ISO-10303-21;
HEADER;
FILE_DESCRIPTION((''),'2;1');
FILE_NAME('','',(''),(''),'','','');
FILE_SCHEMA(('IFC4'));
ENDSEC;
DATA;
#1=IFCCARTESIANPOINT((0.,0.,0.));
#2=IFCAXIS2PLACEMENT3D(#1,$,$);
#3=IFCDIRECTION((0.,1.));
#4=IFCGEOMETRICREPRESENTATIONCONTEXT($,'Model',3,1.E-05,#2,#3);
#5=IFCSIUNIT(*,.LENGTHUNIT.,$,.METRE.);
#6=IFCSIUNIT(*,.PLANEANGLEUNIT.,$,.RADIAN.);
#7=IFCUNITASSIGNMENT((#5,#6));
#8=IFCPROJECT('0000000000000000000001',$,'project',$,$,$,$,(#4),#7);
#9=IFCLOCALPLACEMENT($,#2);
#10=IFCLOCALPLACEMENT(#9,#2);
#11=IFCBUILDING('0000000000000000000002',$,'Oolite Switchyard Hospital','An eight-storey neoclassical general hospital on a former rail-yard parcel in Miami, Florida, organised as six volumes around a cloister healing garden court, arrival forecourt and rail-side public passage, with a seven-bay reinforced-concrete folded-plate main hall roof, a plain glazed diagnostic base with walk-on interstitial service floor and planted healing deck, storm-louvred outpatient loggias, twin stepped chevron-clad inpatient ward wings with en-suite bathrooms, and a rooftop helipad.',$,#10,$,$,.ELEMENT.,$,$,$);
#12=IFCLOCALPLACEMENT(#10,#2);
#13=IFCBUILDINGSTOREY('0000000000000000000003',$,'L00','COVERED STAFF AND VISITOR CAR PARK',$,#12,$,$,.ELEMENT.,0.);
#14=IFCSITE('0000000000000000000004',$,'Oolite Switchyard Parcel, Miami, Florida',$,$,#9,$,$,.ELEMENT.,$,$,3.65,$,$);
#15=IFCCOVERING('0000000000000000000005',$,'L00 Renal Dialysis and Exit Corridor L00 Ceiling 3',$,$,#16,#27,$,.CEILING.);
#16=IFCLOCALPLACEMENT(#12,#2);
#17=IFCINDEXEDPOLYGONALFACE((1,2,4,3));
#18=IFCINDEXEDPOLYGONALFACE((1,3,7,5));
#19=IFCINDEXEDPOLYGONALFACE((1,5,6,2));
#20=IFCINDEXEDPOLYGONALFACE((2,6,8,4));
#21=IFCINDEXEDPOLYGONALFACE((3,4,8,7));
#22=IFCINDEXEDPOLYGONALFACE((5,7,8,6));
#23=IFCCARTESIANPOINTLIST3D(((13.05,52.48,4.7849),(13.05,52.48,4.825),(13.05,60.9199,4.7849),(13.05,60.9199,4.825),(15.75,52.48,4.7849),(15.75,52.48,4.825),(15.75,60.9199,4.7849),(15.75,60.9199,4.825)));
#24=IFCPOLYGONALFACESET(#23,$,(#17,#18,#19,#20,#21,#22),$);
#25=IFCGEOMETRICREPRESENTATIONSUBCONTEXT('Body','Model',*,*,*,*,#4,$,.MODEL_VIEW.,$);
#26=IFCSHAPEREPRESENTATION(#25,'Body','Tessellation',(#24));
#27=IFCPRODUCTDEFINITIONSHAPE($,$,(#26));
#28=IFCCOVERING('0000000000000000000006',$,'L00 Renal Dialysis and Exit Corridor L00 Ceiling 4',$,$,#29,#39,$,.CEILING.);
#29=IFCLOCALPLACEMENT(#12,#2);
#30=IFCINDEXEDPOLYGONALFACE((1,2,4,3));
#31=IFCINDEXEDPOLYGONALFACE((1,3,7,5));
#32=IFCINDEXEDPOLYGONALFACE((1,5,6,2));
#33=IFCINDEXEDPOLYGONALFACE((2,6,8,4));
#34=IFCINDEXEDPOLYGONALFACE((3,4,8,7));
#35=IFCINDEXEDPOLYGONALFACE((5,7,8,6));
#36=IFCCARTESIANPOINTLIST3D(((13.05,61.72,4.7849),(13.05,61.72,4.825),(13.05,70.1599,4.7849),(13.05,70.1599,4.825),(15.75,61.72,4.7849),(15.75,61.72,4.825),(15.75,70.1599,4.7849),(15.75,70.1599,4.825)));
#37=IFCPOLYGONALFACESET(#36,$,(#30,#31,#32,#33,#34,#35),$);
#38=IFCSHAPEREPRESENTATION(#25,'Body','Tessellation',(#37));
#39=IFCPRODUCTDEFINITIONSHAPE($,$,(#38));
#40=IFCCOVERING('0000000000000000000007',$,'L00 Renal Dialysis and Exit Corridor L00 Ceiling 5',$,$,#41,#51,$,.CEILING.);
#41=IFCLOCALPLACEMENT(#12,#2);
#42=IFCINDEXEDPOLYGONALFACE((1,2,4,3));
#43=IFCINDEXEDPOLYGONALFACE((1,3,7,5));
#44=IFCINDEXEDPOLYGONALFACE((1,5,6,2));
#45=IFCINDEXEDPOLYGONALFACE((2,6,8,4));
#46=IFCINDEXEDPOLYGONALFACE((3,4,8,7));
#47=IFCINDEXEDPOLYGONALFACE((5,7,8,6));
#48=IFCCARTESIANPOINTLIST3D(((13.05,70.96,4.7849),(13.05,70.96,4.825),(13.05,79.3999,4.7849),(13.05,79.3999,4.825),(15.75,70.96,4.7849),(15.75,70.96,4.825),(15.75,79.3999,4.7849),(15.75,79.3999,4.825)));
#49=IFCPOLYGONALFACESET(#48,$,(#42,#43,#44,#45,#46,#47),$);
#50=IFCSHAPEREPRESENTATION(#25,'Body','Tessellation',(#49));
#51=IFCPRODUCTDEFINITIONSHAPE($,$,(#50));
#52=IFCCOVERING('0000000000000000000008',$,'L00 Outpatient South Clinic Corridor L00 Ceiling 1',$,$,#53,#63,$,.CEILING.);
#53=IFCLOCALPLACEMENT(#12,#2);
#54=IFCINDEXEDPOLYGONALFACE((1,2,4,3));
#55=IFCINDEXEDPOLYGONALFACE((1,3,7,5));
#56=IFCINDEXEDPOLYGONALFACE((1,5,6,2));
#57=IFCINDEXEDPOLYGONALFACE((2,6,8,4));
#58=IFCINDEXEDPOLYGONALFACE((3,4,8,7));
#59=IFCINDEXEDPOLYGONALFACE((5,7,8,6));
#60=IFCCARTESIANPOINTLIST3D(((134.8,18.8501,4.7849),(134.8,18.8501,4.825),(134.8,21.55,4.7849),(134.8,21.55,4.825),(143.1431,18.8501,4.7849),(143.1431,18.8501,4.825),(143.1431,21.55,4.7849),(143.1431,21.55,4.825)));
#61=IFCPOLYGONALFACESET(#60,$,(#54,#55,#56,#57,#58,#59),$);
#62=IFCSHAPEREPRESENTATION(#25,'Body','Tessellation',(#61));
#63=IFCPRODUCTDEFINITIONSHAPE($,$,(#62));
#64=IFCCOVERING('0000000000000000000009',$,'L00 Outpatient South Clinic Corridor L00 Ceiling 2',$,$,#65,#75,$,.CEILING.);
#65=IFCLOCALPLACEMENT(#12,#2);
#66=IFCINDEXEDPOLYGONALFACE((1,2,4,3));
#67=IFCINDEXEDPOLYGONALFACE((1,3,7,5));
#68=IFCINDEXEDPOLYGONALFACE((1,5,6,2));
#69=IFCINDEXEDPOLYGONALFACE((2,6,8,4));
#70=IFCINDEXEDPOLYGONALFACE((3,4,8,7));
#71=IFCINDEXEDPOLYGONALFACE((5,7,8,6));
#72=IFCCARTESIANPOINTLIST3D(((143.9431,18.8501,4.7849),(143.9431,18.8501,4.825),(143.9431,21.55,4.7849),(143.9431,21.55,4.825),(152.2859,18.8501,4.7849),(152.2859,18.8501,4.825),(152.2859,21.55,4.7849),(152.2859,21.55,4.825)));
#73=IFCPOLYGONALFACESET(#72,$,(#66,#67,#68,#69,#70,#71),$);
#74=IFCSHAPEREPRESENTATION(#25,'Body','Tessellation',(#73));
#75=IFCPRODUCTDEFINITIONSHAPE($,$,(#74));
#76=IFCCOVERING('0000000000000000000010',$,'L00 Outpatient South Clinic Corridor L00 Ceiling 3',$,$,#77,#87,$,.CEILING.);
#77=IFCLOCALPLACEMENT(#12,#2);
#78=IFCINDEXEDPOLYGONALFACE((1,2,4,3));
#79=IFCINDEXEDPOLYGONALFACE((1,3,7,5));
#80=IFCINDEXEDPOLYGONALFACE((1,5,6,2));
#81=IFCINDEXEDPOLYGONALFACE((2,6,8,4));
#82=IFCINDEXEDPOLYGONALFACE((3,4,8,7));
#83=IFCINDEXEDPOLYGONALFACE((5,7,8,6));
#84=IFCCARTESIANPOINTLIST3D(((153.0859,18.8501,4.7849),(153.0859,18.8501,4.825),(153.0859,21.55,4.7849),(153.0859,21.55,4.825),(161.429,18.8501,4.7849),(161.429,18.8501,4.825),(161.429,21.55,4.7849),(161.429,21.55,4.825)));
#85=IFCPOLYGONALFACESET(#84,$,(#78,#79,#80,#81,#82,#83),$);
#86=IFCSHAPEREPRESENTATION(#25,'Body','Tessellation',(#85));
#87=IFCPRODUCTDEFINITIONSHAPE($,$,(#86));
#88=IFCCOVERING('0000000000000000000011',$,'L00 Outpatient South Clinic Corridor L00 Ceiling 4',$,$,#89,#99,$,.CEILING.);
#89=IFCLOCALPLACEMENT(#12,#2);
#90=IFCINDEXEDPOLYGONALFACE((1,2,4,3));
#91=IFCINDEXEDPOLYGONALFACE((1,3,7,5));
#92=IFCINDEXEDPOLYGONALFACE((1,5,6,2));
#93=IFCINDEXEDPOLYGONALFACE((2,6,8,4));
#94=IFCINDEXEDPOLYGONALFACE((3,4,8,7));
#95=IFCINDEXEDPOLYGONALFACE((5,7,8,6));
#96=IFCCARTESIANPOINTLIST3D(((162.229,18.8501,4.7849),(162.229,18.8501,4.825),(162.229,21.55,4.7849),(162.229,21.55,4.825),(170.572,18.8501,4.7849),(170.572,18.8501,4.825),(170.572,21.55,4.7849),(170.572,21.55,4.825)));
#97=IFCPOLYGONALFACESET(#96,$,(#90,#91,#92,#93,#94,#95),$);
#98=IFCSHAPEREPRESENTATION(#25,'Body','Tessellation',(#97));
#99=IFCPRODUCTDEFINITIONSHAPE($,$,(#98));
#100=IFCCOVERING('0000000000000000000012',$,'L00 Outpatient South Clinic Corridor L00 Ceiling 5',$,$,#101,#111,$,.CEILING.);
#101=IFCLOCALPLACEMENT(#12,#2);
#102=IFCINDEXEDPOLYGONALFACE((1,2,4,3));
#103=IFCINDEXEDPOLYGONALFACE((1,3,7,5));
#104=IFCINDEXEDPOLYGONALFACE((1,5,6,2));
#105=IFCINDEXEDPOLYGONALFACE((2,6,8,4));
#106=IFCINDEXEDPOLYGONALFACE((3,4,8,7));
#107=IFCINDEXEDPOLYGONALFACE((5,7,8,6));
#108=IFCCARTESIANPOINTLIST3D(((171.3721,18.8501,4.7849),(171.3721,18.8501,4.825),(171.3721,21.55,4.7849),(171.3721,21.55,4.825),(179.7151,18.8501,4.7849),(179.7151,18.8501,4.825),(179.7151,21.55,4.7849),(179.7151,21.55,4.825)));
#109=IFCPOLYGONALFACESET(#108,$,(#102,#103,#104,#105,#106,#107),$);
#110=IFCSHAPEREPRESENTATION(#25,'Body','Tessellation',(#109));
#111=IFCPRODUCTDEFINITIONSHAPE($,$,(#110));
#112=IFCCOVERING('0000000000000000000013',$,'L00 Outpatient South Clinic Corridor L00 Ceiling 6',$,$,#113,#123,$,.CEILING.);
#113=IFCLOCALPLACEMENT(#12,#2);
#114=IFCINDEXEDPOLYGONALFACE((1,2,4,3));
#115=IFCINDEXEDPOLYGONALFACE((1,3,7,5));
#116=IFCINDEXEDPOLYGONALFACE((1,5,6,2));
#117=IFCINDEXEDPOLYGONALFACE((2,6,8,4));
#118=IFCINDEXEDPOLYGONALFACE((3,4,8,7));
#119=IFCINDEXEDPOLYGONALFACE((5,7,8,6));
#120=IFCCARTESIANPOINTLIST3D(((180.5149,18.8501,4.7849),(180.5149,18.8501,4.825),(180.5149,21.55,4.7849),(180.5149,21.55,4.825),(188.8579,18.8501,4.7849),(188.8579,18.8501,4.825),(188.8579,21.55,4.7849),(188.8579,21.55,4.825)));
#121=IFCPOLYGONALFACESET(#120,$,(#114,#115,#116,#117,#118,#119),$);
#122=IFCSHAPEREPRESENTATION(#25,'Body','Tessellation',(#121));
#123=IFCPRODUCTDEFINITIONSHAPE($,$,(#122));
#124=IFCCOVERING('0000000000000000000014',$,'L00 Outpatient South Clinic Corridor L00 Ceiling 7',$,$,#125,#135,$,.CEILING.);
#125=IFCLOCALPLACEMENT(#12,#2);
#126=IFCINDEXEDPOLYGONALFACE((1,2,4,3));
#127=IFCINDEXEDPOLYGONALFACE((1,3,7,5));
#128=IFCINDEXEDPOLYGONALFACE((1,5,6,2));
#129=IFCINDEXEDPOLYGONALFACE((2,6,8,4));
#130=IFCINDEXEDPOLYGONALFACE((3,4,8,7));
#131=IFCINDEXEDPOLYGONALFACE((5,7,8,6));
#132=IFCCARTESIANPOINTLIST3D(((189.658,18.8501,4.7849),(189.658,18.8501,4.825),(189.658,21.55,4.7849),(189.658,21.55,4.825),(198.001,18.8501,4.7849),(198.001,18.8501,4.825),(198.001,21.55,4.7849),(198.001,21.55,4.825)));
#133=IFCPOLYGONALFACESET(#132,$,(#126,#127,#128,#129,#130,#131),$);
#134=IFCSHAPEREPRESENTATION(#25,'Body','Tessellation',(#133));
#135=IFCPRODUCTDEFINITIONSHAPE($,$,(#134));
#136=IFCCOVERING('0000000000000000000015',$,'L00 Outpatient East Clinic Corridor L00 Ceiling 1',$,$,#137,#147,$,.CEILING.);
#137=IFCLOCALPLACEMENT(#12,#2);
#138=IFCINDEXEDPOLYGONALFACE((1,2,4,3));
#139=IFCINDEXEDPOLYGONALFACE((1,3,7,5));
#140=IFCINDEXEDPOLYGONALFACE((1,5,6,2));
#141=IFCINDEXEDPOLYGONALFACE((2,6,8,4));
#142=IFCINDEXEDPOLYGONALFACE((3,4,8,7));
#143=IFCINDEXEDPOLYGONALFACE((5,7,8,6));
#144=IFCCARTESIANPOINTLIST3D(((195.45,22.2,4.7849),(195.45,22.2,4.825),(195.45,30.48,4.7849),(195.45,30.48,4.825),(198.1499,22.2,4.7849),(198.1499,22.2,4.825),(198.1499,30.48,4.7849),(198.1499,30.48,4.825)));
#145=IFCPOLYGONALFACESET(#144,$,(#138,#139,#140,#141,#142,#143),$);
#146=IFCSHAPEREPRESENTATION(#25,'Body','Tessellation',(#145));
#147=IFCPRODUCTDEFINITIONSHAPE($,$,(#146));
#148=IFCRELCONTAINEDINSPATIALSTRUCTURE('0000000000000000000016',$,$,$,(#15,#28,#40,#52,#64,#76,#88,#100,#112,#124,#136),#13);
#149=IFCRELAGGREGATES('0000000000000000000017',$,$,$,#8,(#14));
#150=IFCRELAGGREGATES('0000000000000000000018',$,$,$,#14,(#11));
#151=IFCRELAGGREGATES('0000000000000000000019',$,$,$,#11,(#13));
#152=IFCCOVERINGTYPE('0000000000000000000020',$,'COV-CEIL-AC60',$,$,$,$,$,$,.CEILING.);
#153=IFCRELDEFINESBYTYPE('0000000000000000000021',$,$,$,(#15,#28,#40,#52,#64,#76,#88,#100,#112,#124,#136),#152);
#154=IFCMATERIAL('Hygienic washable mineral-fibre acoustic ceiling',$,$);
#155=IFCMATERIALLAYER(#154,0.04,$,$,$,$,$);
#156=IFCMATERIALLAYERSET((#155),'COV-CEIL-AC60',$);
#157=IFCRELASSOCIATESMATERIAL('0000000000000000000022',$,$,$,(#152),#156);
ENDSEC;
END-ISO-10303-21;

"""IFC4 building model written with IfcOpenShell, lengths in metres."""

from ifc_helpers import new_model, si_unit, direction, frame, origin, place, context, subcontext, project, spatial, polyline, outline, extrude, material, layer, layer_set, type_object, element, save


model = new_model("IFC4")

# Units and contexts
model_context = context("Model", 3, precision=1e-05, world=origin(), true_north=direction((0.0, 1.0)))
body_context = subcontext(model_context, "Body", "Model", "MODEL_VIEW")
ifc_project = project(units=[si_unit("LENGTHUNIT", "METRE"), si_unit("PLANEANGLEUNIT", "RADIAN")], contexts=[model_context])

# Site, building, storey
site_placement = place(None, origin())
site = spatial("IfcSite", under=ifc_project, at=site_placement, Name="Oolite Switchyard Parcel, Miami, Florida", CompositionType="ELEMENT", RefElevation=3.65)
building_placement = place(site_placement, origin())
building = spatial("IfcBuilding", under=site, at=building_placement, Name="Oolite Switchyard Hospital", Description="An eight-storey neoclassical general hospital on a former rail-yard parcel in Miami, Florida, organised as six volumes around a cloister healing garden court, arrival forecourt and rail-side public passage, with a seven-bay reinforced-concrete folded-plate main hall roof, a plain glazed diagnostic base with walk-on interstitial service floor and planted healing deck, storm-louvred outpatient loggias, twin stepped chevron-clad inpatient ward wings with en-suite bathrooms, and a rooftop helipad.", CompositionType="ELEMENT")
storey_placement = place(building_placement, origin())
storey = spatial("IfcBuildingStorey", under=building, at=storey_placement, Name="L00", Description="COVERED STAFF AND VISITOR CAR PARK", CompositionType="ELEMENT", Elevation=0.0)

# Coverings
ifc_material = material(Name="Hygienic washable mineral-fibre acoustic ceiling")
ifc_layer = layer(ifc_material, 0.04)
ifc_layer_set = layer_set([ifc_layer], Name="COV-CEIL-AC60")
covering_type = type_object("IfcCoveringType", Name="COV-CEIL-AC60", PredefinedType="CEILING", material=ifc_layer_set)
covering_1_placement = place(storey_placement, frame((0.0, 0.0, 4.7849)))
element("IfcCovering", 1, at=covering_1_placement, inside=storey, type_object=covering_type, Name="L00 Renal Dialysis and Exit Corridor L00 Ceiling 3", PredefinedType="CEILING", context=body_context, shape_type="SweptSolid", body=[
    extrude(outline(polyline([(13.05, 52.48), (15.75, 52.48), (15.75, 60.9199), (13.05, 60.9199), (13.05, 52.48)])), origin(), (0.0, 0.0, 1.0), 0.04),
])
covering_2_placement = place(storey_placement, frame((0.0, 0.0, 4.7849)))
element("IfcCovering", 2, at=covering_2_placement, inside=storey, type_object=covering_type, Name="L00 Renal Dialysis and Exit Corridor L00 Ceiling 4", PredefinedType="CEILING", context=body_context, shape_type="SweptSolid", body=[
    extrude(outline(polyline([(13.05, 61.72), (15.75, 61.72), (15.75, 70.1599), (13.05, 70.1599), (13.05, 61.72)])), origin(), (0.0, 0.0, 1.0), 0.04),
])
covering_3_placement = place(storey_placement, frame((0.0, 0.0, 4.7849)))
element("IfcCovering", 3, at=covering_3_placement, inside=storey, type_object=covering_type, Name="L00 Renal Dialysis and Exit Corridor L00 Ceiling 5", PredefinedType="CEILING", context=body_context, shape_type="SweptSolid", body=[
    extrude(outline(polyline([(13.05, 70.96), (15.75, 70.96), (15.75, 79.3999), (13.05, 79.3999), (13.05, 70.96)])), origin(), (0.0, 0.0, 1.0), 0.04),
])
covering_4_placement = place(storey_placement, frame((0.0, 0.0, 4.7849)))
element("IfcCovering", 4, at=covering_4_placement, inside=storey, type_object=covering_type, Name="L00 Outpatient South Clinic Corridor L00 Ceiling 1", PredefinedType="CEILING", context=body_context, shape_type="SweptSolid", body=[
    extrude(outline(polyline([(134.8, 18.8501), (143.1431, 18.8501), (143.1431, 21.55), (134.8, 21.55), (134.8, 18.8501)])), origin(), (0.0, 0.0, 1.0), 0.04),
])
covering_5_placement = place(storey_placement, frame((0.0, 0.0, 4.7849)))
element("IfcCovering", 5, at=covering_5_placement, inside=storey, type_object=covering_type, Name="L00 Outpatient South Clinic Corridor L00 Ceiling 2", PredefinedType="CEILING", context=body_context, shape_type="SweptSolid", body=[
    extrude(outline(polyline([(143.9431, 18.8501), (152.2859, 18.8501), (152.2859, 21.55), (143.9431, 21.55), (143.9431, 18.8501)])), origin(), (0.0, 0.0, 1.0), 0.04),
])
covering_6_placement = place(storey_placement, frame((0.0, 0.0, 4.7849)))
element("IfcCovering", 6, at=covering_6_placement, inside=storey, type_object=covering_type, Name="L00 Outpatient South Clinic Corridor L00 Ceiling 3", PredefinedType="CEILING", context=body_context, shape_type="SweptSolid", body=[
    extrude(outline(polyline([(153.0859, 18.8501), (161.429, 18.8501), (161.429, 21.55), (153.0859, 21.55), (153.0859, 18.8501)])), origin(), (0.0, 0.0, 1.0), 0.04),
])
covering_7_placement = place(storey_placement, frame((0.0, 0.0, 4.7849)))
element("IfcCovering", 7, at=covering_7_placement, inside=storey, type_object=covering_type, Name="L00 Outpatient South Clinic Corridor L00 Ceiling 4", PredefinedType="CEILING", context=body_context, shape_type="SweptSolid", body=[
    extrude(outline(polyline([(162.229, 18.8501), (170.572, 18.8501), (170.572, 21.55), (162.229, 21.55), (162.229, 18.8501)])), origin(), (0.0, 0.0, 1.0), 0.04),
])
covering_8_placement = place(storey_placement, frame((0.0, 0.0, 4.7849)))
element("IfcCovering", 8, at=covering_8_placement, inside=storey, type_object=covering_type, Name="L00 Outpatient South Clinic Corridor L00 Ceiling 5", PredefinedType="CEILING", context=body_context, shape_type="SweptSolid", body=[
    extrude(outline(polyline([(171.3721, 18.8501), (179.7151, 18.8501), (179.7151, 21.55), (171.3721, 21.55), (171.3721, 18.8501)])), origin(), (0.0, 0.0, 1.0), 0.04),
])
covering_9_placement = place(storey_placement, frame((0.0, 0.0, 4.7849)))
element("IfcCovering", 9, at=covering_9_placement, inside=storey, type_object=covering_type, Name="L00 Outpatient South Clinic Corridor L00 Ceiling 6", PredefinedType="CEILING", context=body_context, shape_type="SweptSolid", body=[
    extrude(outline(polyline([(180.5149, 18.8501), (188.8579, 18.8501), (188.8579, 21.55), (180.5149, 21.55), (180.5149, 18.8501)])), origin(), (0.0, 0.0, 1.0), 0.04),
])
covering_10_placement = place(storey_placement, frame((0.0, 0.0, 4.7849)))
element("IfcCovering", 10, at=covering_10_placement, inside=storey, type_object=covering_type, Name="L00 Outpatient South Clinic Corridor L00 Ceiling 7", PredefinedType="CEILING", context=body_context, shape_type="SweptSolid", body=[
    extrude(outline(polyline([(189.658, 18.8501), (198.001, 18.8501), (198.001, 21.55), (189.658, 21.55), (189.658, 18.8501)])), origin(), (0.0, 0.0, 1.0), 0.04),
])
covering_11_placement = place(storey_placement, frame((0.0, 0.0, 4.7849)))
element("IfcCovering", 11, at=covering_11_placement, inside=storey, type_object=covering_type, Name="L00 Outpatient East Clinic Corridor L00 Ceiling 1", PredefinedType="CEILING", context=body_context, shape_type="SweptSolid", body=[
    extrude(outline(polyline([(195.45, 22.2), (198.1499, 22.2), (198.1499, 30.48), (195.45, 30.48), (195.45, 22.2)])), origin(), (0.0, 0.0, 1.0), 0.04),
])

save(model, "model.ifc")
